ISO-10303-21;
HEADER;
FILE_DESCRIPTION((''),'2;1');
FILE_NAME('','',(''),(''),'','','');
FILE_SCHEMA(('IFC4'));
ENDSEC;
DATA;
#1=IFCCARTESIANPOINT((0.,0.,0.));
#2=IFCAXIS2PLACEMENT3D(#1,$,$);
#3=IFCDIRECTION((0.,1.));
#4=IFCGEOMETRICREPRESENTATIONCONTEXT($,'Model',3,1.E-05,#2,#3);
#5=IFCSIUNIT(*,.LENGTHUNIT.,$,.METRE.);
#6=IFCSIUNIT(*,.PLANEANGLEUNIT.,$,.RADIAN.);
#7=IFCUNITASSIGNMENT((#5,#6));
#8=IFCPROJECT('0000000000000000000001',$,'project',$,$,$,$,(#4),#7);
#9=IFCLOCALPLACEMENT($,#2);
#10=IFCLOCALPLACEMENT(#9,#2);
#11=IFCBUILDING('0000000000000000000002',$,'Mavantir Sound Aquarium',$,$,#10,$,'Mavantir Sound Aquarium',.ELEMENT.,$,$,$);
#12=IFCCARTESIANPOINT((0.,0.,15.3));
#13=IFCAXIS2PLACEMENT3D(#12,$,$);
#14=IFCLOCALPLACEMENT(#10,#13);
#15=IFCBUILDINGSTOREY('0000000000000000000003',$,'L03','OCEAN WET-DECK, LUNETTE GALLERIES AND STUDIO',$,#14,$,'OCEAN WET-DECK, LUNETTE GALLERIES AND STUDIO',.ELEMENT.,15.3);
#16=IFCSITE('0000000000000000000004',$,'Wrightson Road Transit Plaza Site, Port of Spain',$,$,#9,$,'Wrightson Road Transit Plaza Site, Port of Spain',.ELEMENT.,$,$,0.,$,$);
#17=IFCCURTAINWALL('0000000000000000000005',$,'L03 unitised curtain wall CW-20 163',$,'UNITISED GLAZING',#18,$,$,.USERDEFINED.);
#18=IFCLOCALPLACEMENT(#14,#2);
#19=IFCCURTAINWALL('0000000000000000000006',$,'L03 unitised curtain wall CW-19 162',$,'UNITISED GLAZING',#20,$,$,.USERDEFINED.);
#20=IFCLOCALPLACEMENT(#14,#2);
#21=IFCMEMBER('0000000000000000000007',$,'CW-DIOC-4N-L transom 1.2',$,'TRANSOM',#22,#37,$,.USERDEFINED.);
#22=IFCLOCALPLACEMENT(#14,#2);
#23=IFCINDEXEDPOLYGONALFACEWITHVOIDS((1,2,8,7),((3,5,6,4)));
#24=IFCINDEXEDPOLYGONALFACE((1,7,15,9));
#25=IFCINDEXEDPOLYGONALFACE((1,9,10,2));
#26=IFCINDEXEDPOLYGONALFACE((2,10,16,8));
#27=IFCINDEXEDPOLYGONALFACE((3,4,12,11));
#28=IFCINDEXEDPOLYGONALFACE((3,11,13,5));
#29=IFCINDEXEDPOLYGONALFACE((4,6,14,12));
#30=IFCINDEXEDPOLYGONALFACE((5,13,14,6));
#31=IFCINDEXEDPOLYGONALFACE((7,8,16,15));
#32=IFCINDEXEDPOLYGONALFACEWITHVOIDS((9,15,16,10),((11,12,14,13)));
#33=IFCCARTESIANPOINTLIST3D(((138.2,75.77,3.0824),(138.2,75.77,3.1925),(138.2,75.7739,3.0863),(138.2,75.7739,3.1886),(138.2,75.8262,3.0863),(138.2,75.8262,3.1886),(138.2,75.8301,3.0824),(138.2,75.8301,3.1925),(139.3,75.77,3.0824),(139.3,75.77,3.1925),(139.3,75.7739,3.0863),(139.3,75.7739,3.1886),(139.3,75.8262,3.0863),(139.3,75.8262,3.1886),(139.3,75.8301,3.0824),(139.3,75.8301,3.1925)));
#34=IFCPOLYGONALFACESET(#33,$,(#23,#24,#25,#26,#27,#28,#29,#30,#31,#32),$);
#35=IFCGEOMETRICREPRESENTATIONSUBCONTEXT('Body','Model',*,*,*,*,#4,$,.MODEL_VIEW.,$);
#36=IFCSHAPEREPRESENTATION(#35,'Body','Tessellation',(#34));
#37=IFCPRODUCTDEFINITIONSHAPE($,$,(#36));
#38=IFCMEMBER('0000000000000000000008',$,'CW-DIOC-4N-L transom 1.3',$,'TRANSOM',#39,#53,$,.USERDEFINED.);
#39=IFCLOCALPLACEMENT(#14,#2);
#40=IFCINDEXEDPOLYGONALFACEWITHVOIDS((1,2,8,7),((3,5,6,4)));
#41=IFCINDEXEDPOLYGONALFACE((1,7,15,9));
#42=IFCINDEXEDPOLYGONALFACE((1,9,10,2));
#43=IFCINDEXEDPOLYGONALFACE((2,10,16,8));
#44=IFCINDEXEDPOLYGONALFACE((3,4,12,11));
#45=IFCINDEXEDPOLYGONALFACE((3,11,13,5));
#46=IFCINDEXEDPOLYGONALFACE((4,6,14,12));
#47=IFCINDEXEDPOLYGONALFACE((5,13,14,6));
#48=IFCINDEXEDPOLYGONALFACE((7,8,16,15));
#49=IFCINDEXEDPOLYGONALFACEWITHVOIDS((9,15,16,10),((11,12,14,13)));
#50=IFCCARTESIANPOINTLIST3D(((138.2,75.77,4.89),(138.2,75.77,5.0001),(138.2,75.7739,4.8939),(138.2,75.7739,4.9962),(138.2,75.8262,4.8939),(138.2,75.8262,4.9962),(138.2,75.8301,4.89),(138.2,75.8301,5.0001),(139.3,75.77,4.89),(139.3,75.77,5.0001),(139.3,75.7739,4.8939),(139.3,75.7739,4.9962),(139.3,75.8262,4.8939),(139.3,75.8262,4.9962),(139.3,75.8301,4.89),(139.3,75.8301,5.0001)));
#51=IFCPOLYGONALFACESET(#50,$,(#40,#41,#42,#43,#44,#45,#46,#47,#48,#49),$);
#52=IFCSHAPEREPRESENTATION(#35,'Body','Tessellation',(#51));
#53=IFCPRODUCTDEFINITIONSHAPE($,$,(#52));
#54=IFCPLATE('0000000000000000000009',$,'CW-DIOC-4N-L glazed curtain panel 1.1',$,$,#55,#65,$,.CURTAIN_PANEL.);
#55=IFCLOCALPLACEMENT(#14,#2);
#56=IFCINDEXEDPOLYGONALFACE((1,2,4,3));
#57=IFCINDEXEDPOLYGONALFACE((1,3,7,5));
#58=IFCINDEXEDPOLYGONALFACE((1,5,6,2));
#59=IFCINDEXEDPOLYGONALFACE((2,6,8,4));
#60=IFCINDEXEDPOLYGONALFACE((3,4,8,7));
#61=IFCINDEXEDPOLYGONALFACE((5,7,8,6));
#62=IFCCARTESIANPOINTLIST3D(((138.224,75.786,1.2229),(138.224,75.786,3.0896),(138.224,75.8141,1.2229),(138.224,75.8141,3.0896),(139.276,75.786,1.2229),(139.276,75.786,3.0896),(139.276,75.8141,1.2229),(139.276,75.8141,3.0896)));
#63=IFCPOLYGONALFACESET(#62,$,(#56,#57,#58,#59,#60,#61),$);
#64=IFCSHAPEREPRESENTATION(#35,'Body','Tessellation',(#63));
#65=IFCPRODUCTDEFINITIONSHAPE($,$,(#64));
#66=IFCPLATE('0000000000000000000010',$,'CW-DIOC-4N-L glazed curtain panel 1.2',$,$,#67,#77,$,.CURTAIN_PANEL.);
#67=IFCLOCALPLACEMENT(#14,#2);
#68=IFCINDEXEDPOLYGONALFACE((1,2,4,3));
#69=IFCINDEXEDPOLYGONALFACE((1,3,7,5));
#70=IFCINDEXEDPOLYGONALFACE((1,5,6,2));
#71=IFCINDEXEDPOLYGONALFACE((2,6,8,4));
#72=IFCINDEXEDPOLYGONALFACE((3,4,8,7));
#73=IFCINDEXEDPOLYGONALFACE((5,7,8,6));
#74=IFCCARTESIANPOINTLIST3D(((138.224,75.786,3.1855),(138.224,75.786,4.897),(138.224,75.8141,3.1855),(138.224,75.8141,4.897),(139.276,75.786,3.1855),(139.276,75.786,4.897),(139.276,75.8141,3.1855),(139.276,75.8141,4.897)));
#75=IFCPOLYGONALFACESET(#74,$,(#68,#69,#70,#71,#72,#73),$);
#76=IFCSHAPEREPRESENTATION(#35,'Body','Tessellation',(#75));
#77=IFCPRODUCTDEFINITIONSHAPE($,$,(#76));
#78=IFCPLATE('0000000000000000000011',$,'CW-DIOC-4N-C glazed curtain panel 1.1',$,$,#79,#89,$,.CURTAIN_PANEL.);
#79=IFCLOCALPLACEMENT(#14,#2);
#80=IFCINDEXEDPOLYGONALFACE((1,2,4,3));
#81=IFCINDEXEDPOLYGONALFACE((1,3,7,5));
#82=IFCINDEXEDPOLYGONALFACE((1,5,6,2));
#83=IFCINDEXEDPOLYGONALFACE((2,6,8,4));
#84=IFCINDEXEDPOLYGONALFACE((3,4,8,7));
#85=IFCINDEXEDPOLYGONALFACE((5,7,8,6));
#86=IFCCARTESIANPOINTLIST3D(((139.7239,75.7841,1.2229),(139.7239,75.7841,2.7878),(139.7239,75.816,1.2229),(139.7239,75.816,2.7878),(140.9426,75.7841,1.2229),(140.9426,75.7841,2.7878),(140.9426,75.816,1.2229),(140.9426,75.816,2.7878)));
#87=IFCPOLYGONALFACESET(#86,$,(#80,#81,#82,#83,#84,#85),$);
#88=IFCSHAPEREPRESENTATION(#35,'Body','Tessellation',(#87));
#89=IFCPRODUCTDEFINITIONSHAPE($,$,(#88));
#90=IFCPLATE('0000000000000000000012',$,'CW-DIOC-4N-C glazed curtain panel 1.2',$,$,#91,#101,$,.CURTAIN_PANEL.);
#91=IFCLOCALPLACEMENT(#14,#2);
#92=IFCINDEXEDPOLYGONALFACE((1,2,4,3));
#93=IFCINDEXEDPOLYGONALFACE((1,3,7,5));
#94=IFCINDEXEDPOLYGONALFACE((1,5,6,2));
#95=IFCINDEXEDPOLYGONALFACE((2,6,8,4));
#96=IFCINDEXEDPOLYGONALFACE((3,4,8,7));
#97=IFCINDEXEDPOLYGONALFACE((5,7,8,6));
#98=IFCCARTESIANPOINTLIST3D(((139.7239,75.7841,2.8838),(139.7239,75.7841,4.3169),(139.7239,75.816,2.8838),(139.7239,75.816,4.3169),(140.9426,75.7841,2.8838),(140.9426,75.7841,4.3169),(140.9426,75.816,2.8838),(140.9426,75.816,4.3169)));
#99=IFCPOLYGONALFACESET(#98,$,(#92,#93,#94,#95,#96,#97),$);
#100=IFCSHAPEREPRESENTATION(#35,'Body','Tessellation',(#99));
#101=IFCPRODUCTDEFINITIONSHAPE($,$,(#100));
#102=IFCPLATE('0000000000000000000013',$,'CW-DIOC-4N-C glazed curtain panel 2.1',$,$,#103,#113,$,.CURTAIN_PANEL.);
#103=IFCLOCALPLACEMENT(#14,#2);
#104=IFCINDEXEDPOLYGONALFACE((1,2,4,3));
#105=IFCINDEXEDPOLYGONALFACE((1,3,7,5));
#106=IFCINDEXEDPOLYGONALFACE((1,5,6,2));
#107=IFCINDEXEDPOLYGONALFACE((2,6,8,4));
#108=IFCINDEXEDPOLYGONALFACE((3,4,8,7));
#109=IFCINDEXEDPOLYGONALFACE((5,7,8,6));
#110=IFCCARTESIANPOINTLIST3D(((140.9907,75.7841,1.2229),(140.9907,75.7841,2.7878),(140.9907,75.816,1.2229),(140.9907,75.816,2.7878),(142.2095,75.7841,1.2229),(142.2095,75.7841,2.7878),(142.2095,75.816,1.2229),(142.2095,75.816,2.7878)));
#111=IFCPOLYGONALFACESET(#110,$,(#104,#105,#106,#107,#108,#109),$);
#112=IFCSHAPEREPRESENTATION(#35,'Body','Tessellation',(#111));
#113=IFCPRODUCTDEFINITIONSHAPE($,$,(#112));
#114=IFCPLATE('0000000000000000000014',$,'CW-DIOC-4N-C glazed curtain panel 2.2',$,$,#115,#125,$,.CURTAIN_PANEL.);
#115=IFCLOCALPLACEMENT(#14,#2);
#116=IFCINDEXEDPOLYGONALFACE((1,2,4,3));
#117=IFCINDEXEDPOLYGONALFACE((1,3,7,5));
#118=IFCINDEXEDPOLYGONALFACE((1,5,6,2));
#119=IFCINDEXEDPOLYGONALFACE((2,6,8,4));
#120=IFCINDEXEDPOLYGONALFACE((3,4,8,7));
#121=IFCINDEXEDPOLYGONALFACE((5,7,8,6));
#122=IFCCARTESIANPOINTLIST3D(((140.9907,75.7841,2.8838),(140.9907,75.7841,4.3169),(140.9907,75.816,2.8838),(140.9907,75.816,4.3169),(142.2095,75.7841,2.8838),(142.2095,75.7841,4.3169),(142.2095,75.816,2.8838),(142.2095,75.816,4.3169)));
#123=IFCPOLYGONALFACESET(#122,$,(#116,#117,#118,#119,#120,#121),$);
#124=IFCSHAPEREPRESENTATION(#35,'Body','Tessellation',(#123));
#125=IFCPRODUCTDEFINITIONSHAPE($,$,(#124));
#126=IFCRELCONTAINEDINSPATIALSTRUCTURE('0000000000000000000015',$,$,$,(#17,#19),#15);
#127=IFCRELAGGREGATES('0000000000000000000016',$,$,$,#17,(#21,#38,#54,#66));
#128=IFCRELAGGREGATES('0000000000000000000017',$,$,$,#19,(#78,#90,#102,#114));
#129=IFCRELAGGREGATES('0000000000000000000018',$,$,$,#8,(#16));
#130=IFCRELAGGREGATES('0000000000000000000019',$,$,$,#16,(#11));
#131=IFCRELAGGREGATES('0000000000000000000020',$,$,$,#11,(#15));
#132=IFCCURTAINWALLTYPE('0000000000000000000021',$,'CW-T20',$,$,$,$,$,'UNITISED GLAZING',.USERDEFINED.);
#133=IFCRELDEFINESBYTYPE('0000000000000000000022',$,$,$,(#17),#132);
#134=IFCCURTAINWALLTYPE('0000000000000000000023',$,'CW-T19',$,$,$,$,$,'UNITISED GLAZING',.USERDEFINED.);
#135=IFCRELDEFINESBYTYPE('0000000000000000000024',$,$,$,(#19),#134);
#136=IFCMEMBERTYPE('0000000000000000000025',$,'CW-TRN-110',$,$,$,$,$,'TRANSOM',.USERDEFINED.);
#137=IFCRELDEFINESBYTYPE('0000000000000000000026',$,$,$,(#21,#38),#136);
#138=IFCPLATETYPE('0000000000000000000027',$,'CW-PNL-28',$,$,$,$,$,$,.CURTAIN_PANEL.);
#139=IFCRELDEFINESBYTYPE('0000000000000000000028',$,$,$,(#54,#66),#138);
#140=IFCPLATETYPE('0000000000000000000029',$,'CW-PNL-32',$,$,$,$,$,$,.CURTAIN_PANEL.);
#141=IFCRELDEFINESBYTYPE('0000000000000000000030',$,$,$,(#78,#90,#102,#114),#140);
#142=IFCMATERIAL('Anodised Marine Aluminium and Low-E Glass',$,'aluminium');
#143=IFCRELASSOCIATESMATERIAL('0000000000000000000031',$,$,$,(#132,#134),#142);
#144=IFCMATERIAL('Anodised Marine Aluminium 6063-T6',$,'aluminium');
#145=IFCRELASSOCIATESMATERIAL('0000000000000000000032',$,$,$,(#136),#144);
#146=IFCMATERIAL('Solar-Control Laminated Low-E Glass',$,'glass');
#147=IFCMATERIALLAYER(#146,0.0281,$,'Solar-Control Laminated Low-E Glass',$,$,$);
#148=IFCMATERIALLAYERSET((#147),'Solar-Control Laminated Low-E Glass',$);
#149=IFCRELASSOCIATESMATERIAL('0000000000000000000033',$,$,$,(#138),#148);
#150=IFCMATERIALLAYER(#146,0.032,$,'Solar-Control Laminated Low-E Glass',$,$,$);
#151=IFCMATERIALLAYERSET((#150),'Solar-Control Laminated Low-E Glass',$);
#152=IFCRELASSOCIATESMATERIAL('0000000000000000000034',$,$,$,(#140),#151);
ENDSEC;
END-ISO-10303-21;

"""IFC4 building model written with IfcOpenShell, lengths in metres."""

from ifc_helpers import new_model, si_unit, direction, frame, origin, origin_2d, place, context, subcontext, project, spatial, rectangle, hollow_rectangle, extrude, material, layer, layer_set, material_profile, profile_set, type_object, element, aggregate, save


model = new_model("IFC4")

# Units and contexts
model_context = context("Model", 3, precision=1e-05, world=origin(), true_north=direction((0.0, 1.0)))
body_context = subcontext(model_context, "Body", "Model", "MODEL_VIEW")
ifc_project = project(units=[si_unit("LENGTHUNIT", "METRE"), si_unit("PLANEANGLEUNIT", "RADIAN")], contexts=[model_context])

# Site, building, storey
site_placement = place(None, origin())
site = spatial("IfcSite", under=ifc_project, at=site_placement, Name="Wrightson Road Transit Plaza Site, Port of Spain", LongName="Wrightson Road Transit Plaza Site, Port of Spain", CompositionType="ELEMENT", RefElevation=0.0)
building_placement = place(site_placement, origin())
building = spatial("IfcBuilding", under=site, at=building_placement, Name="Mavantir Sound Aquarium", LongName="Mavantir Sound Aquarium", CompositionType="ELEMENT")
storey_placement = place(building_placement, frame((0.0, 0.0, 15.3)))
storey = spatial("IfcBuildingStorey", under=building, at=storey_placement, Name="L03", Description="OCEAN WET-DECK, LUNETTE GALLERIES AND STUDIO", LongName="OCEAN WET-DECK, LUNETTE GALLERIES AND STUDIO", CompositionType="ELEMENT", Elevation=15.3)

# Curtain wall
ifc_material_1 = material(Name="Anodised Marine Aluminium and Low-E Glass", Category="aluminium")
curtain_wall_type_1 = type_object("IfcCurtainWallType", Name="CW-T20", ElementType="UNITISED GLAZING", PredefinedType="USERDEFINED", material=ifc_material_1)
curtain_wall_1_placement = place(storey_placement, origin())
curtain_wall_1 = element("IfcCurtainWall", 1, at=curtain_wall_1_placement, inside=storey, type_object=curtain_wall_type_1, Name="L03 unitised curtain wall CW-20 163", ObjectType="UNITISED GLAZING", PredefinedType="USERDEFINED")
ifc_material_2 = material(Name="Anodised Marine Aluminium 6063-T6", Category="aluminium")

# Curtain wall
curtain_wall_type_2 = type_object("IfcCurtainWallType", Name="CW-T19", ElementType="UNITISED GLAZING", PredefinedType="USERDEFINED", material=ifc_material_1)
curtain_wall_2_placement = place(storey_placement, origin())
curtain_wall_2 = element("IfcCurtainWall", 2, at=curtain_wall_2_placement, inside=storey, type_object=curtain_wall_type_2, Name="L03 unitised curtain wall CW-19 162", ObjectType="UNITISED GLAZING", PredefinedType="USERDEFINED")
ifc_material_profile_1 = material_profile(ifc_material_2, hollow_rectangle(XDim=0.0601, YDim=0.1101, WallThickness=0.0039, at=origin_2d()), Name="ALU-TRANSOM-110X60")
ifc_profile_set_1 = profile_set([ifc_material_profile_1], Name="Anodised Marine Aluminium 6063-T6")
member_type_1 = type_object("IfcMemberType", Name="CW-TRN-110", ElementType="TRANSOM", PredefinedType="USERDEFINED", material=ifc_profile_set_1)

# Members
member_1_placement = place(storey_placement, frame((138.2, 75.8, 3.1375), z_axis=(1.0, 0.0, 0.0), x_axis=(0.0, 1.0, 0.0)))
member_1 = element("IfcMember", 3, at=member_1_placement, type_object=member_type_1, Name="CW-DIOC-4N-L transom 1.2", ObjectType="TRANSOM", PredefinedType="USERDEFINED", context=body_context, shape_type="SweptSolid", body=[
    extrude(hollow_rectangle(XDim=0.0601, YDim=0.1101, WallThickness=0.0039, at=origin_2d()), origin(), (0.0, 0.0, 1.0), 1.1001),
])
member_2_placement = place(storey_placement, frame((138.2, 75.8, 4.9451), z_axis=(1.0, 0.0, 0.0), x_axis=(0.0, 1.0, 0.0)))
member_2 = element("IfcMember", 4, at=member_2_placement, type_object=member_type_1, Name="CW-DIOC-4N-L transom 1.3", ObjectType="TRANSOM", PredefinedType="USERDEFINED", context=body_context, shape_type="SweptSolid", body=[
    extrude(hollow_rectangle(XDim=0.0601, YDim=0.1101, WallThickness=0.0039, at=origin_2d()), origin(), (0.0, 0.0, 1.0), 1.1001),
])

# Plates
ifc_material_3 = material(Name="Solar-Control Laminated Low-E Glass", Category="glass")
ifc_layer_1 = layer(ifc_material_3, 0.0281, Name="Solar-Control Laminated Low-E Glass")
ifc_layer_set_1 = layer_set([ifc_layer_1], Name="Solar-Control Laminated Low-E Glass")
plate_type_1 = type_object("IfcPlateType", Name="CW-PNL-28", PredefinedType="CURTAIN_PANEL", material=ifc_layer_set_1)
plate_1_placement = place(storey_placement, frame((138.75, 75.8, 1.2229), z_axis=(0.0, 0.0, 1.0), x_axis=(1.0, 0.0, 0.0)))
plate_1 = element("IfcPlate", 5, at=plate_1_placement, type_object=plate_type_1, Name="CW-DIOC-4N-L glazed curtain panel 1.1", PredefinedType="CURTAIN_PANEL", context=body_context, shape_type="SweptSolid", body=[
    extrude(rectangle(XDim=1.052, YDim=0.0281, at=origin_2d()), origin(), (0.0, 0.0, 1.0), 1.8667),
])
plate_2_placement = place(storey_placement, frame((138.75, 75.8, 3.1855), z_axis=(0.0, 0.0, 1.0), x_axis=(1.0, 0.0, 0.0)))
plate_2 = element("IfcPlate", 6, at=plate_2_placement, type_object=plate_type_1, Name="CW-DIOC-4N-L glazed curtain panel 1.2", PredefinedType="CURTAIN_PANEL", context=body_context, shape_type="SweptSolid", body=[
    extrude(rectangle(XDim=1.052, YDim=0.0281, at=origin_2d()), origin(), (0.0, 0.0, 1.0), 1.7114),
])
aggregate(curtain_wall_1, [member_1, member_2, plate_1, plate_2])
ifc_layer_2 = layer(ifc_material_3, 0.032, Name="Solar-Control Laminated Low-E Glass")
ifc_layer_set_2 = layer_set([ifc_layer_2], Name="Solar-Control Laminated Low-E Glass")
plate_type_2 = type_object("IfcPlateType", Name="CW-PNL-32", PredefinedType="CURTAIN_PANEL", material=ifc_layer_set_2)
plate_3_placement = place(storey_placement, frame((140.3333, 75.8, 1.2229), z_axis=(0.0, 0.0, 1.0), x_axis=(1.0, 0.0, 0.0)))
plate_3 = element("IfcPlate", 7, at=plate_3_placement, type_object=plate_type_2, Name="CW-DIOC-4N-C glazed curtain panel 1.1", PredefinedType="CURTAIN_PANEL", context=body_context, shape_type="SweptSolid", body=[
    extrude(rectangle(XDim=1.2188, YDim=0.032, at=origin_2d()), origin(), (0.0, 0.0, 1.0), 1.5649),
])
plate_4_placement = place(storey_placement, frame((140.3333, 75.8, 2.8838), z_axis=(0.0, 0.0, 1.0), x_axis=(1.0, 0.0, 0.0)))
plate_4 = element("IfcPlate", 8, at=plate_4_placement, type_object=plate_type_2, Name="CW-DIOC-4N-C glazed curtain panel 1.2", PredefinedType="CURTAIN_PANEL", context=body_context, shape_type="SweptSolid", body=[
    extrude(rectangle(XDim=1.2188, YDim=0.032, at=origin_2d()), origin(), (0.0, 0.0, 1.0), 1.4331),
])
plate_5_placement = place(storey_placement, frame((141.6001, 75.8, 1.2229), z_axis=(0.0, 0.0, 1.0), x_axis=(1.0, 0.0, 0.0)))
plate_5 = element("IfcPlate", 9, at=plate_5_placement, type_object=plate_type_2, Name="CW-DIOC-4N-C glazed curtain panel 2.1", PredefinedType="CURTAIN_PANEL", context=body_context, shape_type="SweptSolid", body=[
    extrude(rectangle(XDim=1.2188, YDim=0.032, at=origin_2d()), origin(), (0.0, 0.0, 1.0), 1.5649),
])
plate_6_placement = place(storey_placement, frame((141.6001, 75.8, 2.8838), z_axis=(0.0, 0.0, 1.0), x_axis=(1.0, 0.0, 0.0)))
plate_6 = element("IfcPlate", 10, at=plate_6_placement, type_object=plate_type_2, Name="CW-DIOC-4N-C glazed curtain panel 2.2", PredefinedType="CURTAIN_PANEL", context=body_context, shape_type="SweptSolid", body=[
    extrude(rectangle(XDim=1.2188, YDim=0.032, at=origin_2d()), origin(), (0.0, 0.0, 1.0), 1.4331),
])
aggregate(curtain_wall_2, [plate_3, plate_4, plate_5, plate_6])

save(model, "model.ifc")
